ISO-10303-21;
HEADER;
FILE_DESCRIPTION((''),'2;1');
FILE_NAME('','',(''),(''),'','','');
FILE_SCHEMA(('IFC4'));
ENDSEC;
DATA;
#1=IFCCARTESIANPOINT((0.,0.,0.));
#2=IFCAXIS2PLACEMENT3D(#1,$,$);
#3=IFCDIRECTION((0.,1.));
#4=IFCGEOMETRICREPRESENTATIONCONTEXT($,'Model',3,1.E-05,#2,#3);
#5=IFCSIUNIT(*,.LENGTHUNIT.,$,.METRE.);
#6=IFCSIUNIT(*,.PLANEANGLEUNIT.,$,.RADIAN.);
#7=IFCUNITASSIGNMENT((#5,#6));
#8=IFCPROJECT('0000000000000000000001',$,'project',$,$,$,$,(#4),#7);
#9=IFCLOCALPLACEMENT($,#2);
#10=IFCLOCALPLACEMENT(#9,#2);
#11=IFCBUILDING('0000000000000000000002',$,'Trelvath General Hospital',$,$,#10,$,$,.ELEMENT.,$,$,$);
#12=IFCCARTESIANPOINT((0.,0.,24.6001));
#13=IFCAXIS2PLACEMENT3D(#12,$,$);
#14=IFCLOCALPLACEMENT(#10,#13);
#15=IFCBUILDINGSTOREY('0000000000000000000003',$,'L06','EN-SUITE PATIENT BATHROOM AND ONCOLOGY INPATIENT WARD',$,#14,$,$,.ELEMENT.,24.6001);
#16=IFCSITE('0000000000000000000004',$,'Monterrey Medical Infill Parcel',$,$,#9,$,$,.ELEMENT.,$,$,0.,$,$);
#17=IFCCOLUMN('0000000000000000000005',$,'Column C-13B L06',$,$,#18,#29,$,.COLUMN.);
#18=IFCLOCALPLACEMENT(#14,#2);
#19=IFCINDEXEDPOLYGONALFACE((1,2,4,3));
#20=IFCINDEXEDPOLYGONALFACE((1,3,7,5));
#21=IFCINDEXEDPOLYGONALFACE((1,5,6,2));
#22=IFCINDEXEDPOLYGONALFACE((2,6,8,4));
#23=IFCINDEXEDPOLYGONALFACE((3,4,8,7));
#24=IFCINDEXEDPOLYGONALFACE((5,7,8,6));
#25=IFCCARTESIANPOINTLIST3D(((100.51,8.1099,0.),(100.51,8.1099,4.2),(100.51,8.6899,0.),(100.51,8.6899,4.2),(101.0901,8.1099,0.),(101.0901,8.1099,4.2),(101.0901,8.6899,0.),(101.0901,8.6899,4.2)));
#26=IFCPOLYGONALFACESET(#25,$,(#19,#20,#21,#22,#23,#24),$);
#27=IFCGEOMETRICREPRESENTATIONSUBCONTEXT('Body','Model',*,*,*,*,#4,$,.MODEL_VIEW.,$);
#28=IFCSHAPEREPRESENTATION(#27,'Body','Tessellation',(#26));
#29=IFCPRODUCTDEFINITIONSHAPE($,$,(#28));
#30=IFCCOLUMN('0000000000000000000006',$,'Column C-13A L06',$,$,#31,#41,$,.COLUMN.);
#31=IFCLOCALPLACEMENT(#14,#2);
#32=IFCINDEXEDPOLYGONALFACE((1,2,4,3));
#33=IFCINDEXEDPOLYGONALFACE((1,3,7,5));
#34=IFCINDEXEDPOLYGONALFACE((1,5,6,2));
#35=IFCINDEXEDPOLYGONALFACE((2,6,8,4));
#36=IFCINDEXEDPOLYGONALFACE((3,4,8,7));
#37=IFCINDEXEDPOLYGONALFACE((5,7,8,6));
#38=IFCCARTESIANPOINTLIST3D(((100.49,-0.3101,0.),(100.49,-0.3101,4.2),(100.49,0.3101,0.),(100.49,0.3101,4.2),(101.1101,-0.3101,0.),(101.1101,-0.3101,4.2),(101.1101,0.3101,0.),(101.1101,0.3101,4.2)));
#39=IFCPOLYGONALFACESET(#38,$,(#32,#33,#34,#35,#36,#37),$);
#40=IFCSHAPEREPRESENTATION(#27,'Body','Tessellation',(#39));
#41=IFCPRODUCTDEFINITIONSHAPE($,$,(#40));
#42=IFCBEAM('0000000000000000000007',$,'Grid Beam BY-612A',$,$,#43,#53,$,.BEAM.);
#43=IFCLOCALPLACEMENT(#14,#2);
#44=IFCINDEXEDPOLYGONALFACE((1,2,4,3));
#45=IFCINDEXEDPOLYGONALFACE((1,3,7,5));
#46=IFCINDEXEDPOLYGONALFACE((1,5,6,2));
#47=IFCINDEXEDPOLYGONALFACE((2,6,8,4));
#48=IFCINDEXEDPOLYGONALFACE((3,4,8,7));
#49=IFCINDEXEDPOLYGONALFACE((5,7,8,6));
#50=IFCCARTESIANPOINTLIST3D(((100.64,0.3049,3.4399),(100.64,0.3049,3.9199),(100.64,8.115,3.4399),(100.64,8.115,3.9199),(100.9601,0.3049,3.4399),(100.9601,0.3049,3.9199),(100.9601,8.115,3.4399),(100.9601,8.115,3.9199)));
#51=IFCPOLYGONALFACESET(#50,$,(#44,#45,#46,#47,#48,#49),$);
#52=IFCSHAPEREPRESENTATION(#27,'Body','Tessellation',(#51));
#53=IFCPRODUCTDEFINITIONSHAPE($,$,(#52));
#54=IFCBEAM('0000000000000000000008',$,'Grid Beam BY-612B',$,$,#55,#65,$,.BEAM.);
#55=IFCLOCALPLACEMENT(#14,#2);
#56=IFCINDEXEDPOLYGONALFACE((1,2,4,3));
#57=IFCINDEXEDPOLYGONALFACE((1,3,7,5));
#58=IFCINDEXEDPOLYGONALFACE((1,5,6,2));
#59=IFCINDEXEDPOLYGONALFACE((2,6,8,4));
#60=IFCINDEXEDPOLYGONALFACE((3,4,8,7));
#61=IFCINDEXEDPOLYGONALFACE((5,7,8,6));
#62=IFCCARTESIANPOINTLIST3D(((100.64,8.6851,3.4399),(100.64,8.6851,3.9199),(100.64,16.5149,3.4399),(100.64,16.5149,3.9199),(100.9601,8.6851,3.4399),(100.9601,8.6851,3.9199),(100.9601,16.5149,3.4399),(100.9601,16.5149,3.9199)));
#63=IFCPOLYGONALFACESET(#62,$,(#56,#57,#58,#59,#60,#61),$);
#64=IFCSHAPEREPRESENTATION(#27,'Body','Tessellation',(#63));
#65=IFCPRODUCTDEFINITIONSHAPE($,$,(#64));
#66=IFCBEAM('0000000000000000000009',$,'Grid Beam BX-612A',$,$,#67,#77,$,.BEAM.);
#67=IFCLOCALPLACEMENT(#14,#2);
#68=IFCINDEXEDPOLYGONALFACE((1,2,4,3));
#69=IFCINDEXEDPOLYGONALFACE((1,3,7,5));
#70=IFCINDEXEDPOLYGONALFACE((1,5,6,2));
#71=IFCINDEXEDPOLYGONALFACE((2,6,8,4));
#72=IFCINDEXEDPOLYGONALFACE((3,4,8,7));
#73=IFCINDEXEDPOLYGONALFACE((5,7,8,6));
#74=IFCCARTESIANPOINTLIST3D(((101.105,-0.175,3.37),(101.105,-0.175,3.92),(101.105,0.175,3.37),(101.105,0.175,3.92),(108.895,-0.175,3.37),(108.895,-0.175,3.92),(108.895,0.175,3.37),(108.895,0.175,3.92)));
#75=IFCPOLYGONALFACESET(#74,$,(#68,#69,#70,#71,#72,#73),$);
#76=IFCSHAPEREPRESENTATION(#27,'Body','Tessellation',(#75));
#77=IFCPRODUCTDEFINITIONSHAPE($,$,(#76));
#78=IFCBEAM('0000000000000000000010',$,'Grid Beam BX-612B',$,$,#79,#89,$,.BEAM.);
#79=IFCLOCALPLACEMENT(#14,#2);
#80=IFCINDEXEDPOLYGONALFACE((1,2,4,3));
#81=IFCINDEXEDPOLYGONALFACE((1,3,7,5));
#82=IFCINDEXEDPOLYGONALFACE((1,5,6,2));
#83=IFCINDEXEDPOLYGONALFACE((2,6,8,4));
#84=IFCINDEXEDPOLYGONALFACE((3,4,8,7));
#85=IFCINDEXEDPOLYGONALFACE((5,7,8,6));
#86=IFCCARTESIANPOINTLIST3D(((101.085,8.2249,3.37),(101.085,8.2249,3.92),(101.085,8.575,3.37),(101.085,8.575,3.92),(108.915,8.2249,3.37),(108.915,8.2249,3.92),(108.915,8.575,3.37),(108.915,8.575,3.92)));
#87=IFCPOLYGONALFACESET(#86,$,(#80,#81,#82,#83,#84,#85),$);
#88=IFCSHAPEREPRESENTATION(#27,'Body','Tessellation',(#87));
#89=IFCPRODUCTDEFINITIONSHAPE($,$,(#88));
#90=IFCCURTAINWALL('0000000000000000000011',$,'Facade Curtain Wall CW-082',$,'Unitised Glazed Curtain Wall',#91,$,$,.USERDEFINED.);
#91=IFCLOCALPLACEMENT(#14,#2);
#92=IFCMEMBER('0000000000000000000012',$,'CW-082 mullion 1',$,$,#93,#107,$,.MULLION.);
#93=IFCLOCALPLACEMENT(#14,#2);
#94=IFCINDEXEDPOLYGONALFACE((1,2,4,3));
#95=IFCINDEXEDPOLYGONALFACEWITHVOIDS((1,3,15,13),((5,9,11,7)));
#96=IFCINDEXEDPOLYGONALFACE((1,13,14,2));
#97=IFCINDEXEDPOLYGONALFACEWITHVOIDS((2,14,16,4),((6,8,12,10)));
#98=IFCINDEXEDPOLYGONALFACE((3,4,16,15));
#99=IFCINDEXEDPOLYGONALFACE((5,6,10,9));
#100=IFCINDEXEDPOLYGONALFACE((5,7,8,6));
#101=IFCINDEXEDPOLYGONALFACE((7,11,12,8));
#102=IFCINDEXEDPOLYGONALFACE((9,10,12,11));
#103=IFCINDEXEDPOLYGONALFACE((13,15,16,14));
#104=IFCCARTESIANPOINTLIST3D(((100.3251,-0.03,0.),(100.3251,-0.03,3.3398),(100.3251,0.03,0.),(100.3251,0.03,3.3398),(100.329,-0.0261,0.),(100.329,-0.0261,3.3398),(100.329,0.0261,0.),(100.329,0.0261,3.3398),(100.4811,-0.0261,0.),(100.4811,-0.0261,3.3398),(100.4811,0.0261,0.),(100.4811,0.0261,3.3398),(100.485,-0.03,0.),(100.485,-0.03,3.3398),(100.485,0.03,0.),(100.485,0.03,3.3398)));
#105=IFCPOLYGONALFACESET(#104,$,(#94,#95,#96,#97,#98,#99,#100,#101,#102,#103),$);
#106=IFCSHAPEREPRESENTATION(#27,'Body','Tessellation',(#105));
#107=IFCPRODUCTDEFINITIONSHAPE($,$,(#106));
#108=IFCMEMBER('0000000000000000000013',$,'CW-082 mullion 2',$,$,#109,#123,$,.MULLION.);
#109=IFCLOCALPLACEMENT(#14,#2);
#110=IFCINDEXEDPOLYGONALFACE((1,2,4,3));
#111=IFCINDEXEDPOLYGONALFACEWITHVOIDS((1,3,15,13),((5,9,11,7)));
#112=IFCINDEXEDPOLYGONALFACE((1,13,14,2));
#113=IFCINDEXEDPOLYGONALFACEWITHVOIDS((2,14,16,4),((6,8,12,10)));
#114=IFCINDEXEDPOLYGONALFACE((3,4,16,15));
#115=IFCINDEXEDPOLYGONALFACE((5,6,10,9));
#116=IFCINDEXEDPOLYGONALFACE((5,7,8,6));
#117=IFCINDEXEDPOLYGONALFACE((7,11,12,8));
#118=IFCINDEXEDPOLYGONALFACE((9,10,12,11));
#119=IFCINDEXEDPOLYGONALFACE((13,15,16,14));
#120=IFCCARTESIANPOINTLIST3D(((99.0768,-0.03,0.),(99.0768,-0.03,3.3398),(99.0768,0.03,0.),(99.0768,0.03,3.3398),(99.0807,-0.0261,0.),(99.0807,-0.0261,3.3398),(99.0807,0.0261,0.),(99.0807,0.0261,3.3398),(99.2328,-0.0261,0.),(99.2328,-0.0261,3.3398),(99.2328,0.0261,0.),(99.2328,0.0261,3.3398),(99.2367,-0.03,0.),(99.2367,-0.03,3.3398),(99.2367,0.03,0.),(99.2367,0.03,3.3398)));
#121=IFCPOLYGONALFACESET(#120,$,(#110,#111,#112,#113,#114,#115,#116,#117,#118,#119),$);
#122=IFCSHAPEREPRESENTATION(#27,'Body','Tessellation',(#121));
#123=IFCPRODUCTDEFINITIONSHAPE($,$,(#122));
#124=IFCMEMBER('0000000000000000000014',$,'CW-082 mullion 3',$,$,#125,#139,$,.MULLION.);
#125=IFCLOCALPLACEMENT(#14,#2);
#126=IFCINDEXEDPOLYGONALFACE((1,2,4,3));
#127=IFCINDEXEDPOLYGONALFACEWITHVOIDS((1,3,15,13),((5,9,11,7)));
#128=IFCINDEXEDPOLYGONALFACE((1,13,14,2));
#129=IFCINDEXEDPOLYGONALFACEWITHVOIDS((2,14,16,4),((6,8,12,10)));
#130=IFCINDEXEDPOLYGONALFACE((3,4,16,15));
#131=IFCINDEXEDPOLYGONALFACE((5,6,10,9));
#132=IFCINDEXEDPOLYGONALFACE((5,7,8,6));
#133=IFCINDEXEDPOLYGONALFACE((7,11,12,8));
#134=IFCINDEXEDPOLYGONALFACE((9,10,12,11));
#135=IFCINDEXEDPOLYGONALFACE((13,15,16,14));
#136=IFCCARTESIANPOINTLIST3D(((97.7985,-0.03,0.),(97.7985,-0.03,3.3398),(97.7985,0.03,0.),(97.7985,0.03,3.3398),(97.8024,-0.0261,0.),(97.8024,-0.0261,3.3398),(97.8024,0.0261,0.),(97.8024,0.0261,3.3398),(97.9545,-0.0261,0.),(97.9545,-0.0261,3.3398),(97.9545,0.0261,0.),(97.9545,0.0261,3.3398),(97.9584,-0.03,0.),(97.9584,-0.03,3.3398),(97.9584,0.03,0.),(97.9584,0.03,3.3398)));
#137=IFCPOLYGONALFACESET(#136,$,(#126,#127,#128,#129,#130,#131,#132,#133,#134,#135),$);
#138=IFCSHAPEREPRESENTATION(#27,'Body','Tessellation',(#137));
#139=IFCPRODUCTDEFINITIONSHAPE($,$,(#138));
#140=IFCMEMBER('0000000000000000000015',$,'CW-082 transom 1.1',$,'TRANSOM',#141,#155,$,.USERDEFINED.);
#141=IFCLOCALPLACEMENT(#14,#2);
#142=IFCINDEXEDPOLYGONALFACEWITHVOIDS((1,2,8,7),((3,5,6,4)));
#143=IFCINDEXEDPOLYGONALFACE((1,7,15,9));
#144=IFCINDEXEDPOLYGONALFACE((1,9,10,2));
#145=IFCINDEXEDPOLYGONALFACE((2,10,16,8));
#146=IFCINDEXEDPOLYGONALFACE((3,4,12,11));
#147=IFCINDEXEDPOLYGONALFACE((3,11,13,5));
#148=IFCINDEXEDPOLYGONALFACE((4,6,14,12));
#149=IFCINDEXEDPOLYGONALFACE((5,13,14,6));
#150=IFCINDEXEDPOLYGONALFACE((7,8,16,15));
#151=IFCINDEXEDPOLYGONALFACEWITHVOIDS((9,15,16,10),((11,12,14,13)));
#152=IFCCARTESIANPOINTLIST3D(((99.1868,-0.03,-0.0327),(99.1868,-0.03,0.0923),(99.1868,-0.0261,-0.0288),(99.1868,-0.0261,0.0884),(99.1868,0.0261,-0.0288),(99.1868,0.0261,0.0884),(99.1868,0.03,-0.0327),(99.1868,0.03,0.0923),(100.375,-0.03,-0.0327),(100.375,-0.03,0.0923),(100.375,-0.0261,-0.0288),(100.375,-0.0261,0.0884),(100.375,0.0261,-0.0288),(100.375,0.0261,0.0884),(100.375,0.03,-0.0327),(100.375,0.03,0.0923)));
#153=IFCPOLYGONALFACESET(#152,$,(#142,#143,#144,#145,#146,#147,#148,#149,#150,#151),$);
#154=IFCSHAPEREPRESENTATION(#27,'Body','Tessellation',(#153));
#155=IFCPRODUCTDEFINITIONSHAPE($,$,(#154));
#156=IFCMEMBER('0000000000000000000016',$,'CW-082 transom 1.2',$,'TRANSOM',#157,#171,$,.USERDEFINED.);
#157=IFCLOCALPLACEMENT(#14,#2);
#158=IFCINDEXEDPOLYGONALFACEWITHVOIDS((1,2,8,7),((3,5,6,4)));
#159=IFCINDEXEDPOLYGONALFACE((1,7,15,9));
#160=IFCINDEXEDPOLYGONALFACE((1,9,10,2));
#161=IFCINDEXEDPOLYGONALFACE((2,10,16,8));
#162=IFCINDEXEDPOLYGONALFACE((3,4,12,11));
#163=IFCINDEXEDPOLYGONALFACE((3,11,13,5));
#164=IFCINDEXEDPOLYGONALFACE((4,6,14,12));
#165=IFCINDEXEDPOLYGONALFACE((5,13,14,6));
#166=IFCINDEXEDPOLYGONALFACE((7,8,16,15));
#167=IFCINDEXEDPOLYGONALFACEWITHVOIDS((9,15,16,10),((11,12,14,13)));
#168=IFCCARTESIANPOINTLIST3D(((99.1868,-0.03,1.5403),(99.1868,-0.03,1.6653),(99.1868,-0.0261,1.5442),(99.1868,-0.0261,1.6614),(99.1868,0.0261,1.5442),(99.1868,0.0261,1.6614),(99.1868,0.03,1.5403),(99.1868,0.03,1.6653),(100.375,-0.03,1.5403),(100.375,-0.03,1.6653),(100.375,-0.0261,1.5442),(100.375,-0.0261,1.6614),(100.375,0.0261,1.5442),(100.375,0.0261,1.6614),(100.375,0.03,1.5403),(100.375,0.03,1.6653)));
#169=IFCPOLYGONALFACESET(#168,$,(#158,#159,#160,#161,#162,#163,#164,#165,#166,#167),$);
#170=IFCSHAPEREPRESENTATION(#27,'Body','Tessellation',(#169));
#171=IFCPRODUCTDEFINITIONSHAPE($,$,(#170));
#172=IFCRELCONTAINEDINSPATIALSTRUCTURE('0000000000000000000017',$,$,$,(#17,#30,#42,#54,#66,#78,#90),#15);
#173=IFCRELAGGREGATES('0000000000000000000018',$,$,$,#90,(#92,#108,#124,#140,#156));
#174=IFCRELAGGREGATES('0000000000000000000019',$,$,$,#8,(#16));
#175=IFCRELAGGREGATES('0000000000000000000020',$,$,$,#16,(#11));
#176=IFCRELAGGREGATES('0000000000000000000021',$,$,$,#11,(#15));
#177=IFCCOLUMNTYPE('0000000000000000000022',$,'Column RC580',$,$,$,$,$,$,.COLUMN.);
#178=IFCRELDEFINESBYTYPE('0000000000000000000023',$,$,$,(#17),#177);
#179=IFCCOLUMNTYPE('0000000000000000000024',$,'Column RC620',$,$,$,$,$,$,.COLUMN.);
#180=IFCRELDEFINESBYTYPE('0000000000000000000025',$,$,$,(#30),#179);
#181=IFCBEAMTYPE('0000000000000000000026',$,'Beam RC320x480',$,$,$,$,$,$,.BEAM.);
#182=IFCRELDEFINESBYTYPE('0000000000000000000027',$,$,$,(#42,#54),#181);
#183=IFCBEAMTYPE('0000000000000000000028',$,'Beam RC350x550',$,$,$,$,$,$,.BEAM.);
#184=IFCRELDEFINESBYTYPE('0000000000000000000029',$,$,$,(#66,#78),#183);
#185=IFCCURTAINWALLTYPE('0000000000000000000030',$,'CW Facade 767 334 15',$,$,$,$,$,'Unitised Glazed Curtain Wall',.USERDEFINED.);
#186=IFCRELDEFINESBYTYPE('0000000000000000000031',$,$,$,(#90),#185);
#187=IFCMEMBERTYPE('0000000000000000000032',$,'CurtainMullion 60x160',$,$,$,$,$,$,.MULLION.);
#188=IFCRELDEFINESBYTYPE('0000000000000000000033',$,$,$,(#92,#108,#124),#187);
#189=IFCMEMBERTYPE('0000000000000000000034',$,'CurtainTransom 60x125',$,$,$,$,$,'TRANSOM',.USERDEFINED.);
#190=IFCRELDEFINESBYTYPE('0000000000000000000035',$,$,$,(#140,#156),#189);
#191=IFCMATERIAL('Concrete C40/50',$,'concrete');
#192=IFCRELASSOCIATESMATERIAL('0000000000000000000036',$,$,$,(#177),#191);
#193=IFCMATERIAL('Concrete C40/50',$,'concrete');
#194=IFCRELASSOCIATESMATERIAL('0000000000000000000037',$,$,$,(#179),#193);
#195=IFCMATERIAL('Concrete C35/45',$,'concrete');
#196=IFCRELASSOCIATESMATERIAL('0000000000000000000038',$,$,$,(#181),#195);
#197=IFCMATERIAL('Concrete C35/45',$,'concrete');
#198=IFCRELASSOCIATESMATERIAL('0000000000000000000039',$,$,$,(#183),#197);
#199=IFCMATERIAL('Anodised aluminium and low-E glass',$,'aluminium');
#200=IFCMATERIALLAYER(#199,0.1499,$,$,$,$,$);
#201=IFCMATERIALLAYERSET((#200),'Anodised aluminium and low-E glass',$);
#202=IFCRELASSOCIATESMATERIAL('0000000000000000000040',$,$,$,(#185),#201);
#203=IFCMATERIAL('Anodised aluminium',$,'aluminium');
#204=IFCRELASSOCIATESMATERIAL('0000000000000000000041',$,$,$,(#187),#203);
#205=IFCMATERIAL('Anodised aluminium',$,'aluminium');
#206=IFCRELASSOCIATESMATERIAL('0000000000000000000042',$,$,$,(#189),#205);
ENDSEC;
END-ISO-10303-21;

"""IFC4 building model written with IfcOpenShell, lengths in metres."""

from ifc_helpers import new_model, si_unit, direction, frame, origin, origin_2d, place, context, subcontext, project, spatial, rectangle, hollow_rectangle, extrude, material, layer, layer_set, material_profile, profile_set, type_object, element, aggregate, save


model = new_model("IFC4")

# Units and contexts
model_context = context("Model", 3, precision=1e-05, world=origin(), true_north=direction((0.0, 1.0)))
body_context = subcontext(model_context, "Body", "Model", "MODEL_VIEW")
ifc_project = project(units=[si_unit("LENGTHUNIT", "METRE"), si_unit("PLANEANGLEUNIT", "RADIAN")], contexts=[model_context])

# Site, building, storey
site_placement = place(None, origin())
site = spatial("IfcSite", under=ifc_project, at=site_placement, Name="Monterrey Medical Infill Parcel", CompositionType="ELEMENT", RefElevation=0.0)
building_placement = place(site_placement, origin())
building = spatial("IfcBuilding", under=site, at=building_placement, Name="Trelvath General Hospital", CompositionType="ELEMENT")
storey_placement = place(building_placement, frame((0.0, 0.0, 24.6001)))
storey = spatial("IfcBuildingStorey", under=building, at=storey_placement, Name="L06", Description="EN-SUITE PATIENT BATHROOM AND ONCOLOGY INPATIENT WARD", CompositionType="ELEMENT", Elevation=24.6001)

# Columns
ifc_material_1 = material(Name="Concrete C40/50", Category="concrete")
ifc_material_profile_1 = material_profile(ifc_material_1, rectangle(XDim=0.5801, YDim=0.5801, at=origin_2d()), Name="RC580x580")
ifc_profile_set_1 = profile_set([ifc_material_profile_1], Name="Concrete C40/50")
column_type_1 = type_object("IfcColumnType", Name="Column RC580", PredefinedType="COLUMN", material=ifc_profile_set_1)
column_1_placement = place(storey_placement, frame((100.8, 8.3999, 0.0), z_axis=(0.0, 0.0, 1.0), x_axis=(1.0, 0.0, 0.0)))
element("IfcColumn", 1, at=column_1_placement, inside=storey, type_object=column_type_1, Name="Column C-13B L06", PredefinedType="COLUMN", context=body_context, shape_type="SweptSolid", body=[
    extrude(rectangle(XDim=0.5801, YDim=0.5801, at=origin_2d()), origin(), (0.0, 0.0, 1.0), 4.2),
])
ifc_material_2 = material(Name="Concrete C40/50", Category="concrete")
ifc_material_profile_2 = material_profile(ifc_material_2, rectangle(XDim=0.6201, YDim=0.6201, at=origin_2d()), Name="RC620x620")
ifc_profile_set_2 = profile_set([ifc_material_profile_2], Name="Concrete C40/50")
column_type_2 = type_object("IfcColumnType", Name="Column RC620", PredefinedType="COLUMN", material=ifc_profile_set_2)
column_2_placement = place(storey_placement, frame((100.8, 0.0, 0.0), z_axis=(0.0, 0.0, 1.0), x_axis=(1.0, 0.0, 0.0)))
element("IfcColumn", 2, at=column_2_placement, inside=storey, type_object=column_type_2, Name="Column C-13A L06", PredefinedType="COLUMN", context=body_context, shape_type="SweptSolid", body=[
    extrude(rectangle(XDim=0.6201, YDim=0.6201, at=origin_2d()), origin(), (0.0, 0.0, 1.0), 4.2),
])

# Beams
ifc_material_3 = material(Name="Concrete C35/45", Category="concrete")
ifc_material_profile_3 = material_profile(ifc_material_3, rectangle(XDim=0.3201, YDim=0.48, at=origin_2d()), Name="RCB320x480")
ifc_profile_set_3 = profile_set([ifc_material_profile_3], Name="Concrete C35/45")
beam_type_1 = type_object("IfcBeamType", Name="Beam RC320x480", PredefinedType="BEAM", material=ifc_profile_set_3)
beam_1_placement = place(storey_placement, frame((100.8, 0.3049, 3.6799), z_axis=(0.0, 1.0, 0.0), x_axis=(-1.0, 0.0, 0.0)))
element("IfcBeam", 3, at=beam_1_placement, inside=storey, type_object=beam_type_1, Name="Grid Beam BY-612A", PredefinedType="BEAM", context=body_context, shape_type="SweptSolid", body=[
    extrude(rectangle(XDim=0.3201, YDim=0.48, at=origin_2d()), origin(), (0.0, 0.0, 1.0), 7.8101),
])
beam_2_placement = place(storey_placement, frame((100.8, 8.6851, 3.6799), z_axis=(0.0, 1.0, 0.0), x_axis=(-1.0, 0.0, 0.0)))
element("IfcBeam", 4, at=beam_2_placement, inside=storey, type_object=beam_type_1, Name="Grid Beam BY-612B", PredefinedType="BEAM", context=body_context, shape_type="SweptSolid", body=[
    extrude(rectangle(XDim=0.3201, YDim=0.48, at=origin_2d()), origin(), (0.0, 0.0, 1.0), 7.8298),
])
ifc_material_4 = material(Name="Concrete C35/45", Category="concrete")
ifc_material_profile_4 = material_profile(ifc_material_4, rectangle(XDim=0.3501, YDim=0.55, at=origin_2d()), Name="RCB350x550")
ifc_profile_set_4 = profile_set([ifc_material_profile_4], Name="Concrete C35/45")
beam_type_2 = type_object("IfcBeamType", Name="Beam RC350x550", PredefinedType="BEAM", material=ifc_profile_set_4)
beam_3_placement = place(storey_placement, frame((101.105, 0.0, 3.645), z_axis=(1.0, 0.0, 0.0), x_axis=(0.0, 1.0, 0.0)))
element("IfcBeam", 5, at=beam_3_placement, inside=storey, type_object=beam_type_2, Name="Grid Beam BX-612A", PredefinedType="BEAM", context=body_context, shape_type="SweptSolid", body=[
    extrude(rectangle(XDim=0.3501, YDim=0.55, at=origin_2d()), origin(), (0.0, 0.0, 1.0), 7.79),
])
beam_4_placement = place(storey_placement, frame((101.085, 8.3999, 3.645), z_axis=(1.0, 0.0, 0.0), x_axis=(0.0, 1.0, 0.0)))
element("IfcBeam", 6, at=beam_4_placement, inside=storey, type_object=beam_type_2, Name="Grid Beam BX-612B", PredefinedType="BEAM", context=body_context, shape_type="SweptSolid", body=[
    extrude(rectangle(XDim=0.3501, YDim=0.55, at=origin_2d()), origin(), (0.0, 0.0, 1.0), 7.8301),
])

# Curtain wall, members
ifc_material_5 = material(Name="Anodised aluminium and low-E glass", Category="aluminium")
ifc_layer_1 = layer(ifc_material_5, 0.1499)
ifc_layer_set_1 = layer_set([ifc_layer_1], Name="Anodised aluminium and low-E glass")
curtain_wall_type = type_object("IfcCurtainWallType", Name="CW Facade 767 334 15", ElementType="Unitised Glazed Curtain Wall", PredefinedType="USERDEFINED", material=ifc_layer_set_1)
curtain_wall_placement = place(storey_placement, origin())
curtain_wall = element("IfcCurtainWall", 7, at=curtain_wall_placement, inside=storey, type_object=curtain_wall_type, Name="Facade Curtain Wall CW-082", ObjectType="Unitised Glazed Curtain Wall", PredefinedType="USERDEFINED")
ifc_material_6 = material(Name="Anodised aluminium", Category="aluminium")
ifc_material_profile_5 = material_profile(ifc_material_6, hollow_rectangle(XDim=0.0601, YDim=0.1599, WallThickness=0.0039, at=origin_2d()), Name="RHS60x160x4")
ifc_profile_set_5 = profile_set([ifc_material_profile_5], Name="Anodised aluminium")
member_type_1 = type_object("IfcMemberType", Name="CurtainMullion 60x160", PredefinedType="MULLION", material=ifc_profile_set_5)
member_1_placement = place(storey_placement, frame((100.405, 0.0, 0.0), z_axis=(0.0, 0.0, 1.0), x_axis=(0.0, -1.0, 0.0)))
member_1 = element("IfcMember", 8, at=member_1_placement, type_object=member_type_1, Name="CW-082 mullion 1", PredefinedType="MULLION", context=body_context, shape_type="SweptSolid", body=[
    extrude(hollow_rectangle(XDim=0.0601, YDim=0.1599, WallThickness=0.0039, at=origin_2d()), origin(), (0.0, 0.0, 1.0), 3.3398),
])
member_2_placement = place(storey_placement, frame((99.1567, 0.0, 0.0), z_axis=(0.0, 0.0, 1.0), x_axis=(0.0, -1.0, 0.0)))
member_2 = element("IfcMember", 9, at=member_2_placement, type_object=member_type_1, Name="CW-082 mullion 2", PredefinedType="MULLION", context=body_context, shape_type="SweptSolid", body=[
    extrude(hollow_rectangle(XDim=0.0601, YDim=0.1599, WallThickness=0.0039, at=origin_2d()), origin(), (0.0, 0.0, 1.0), 3.3398),
])
member_3_placement = place(storey_placement, frame((97.8784, 0.0, 0.0), z_axis=(0.0, 0.0, 1.0), x_axis=(0.0, -1.0, 0.0)))
member_3 = element("IfcMember", 10, at=member_3_placement, type_object=member_type_1, Name="CW-082 mullion 3", PredefinedType="MULLION", context=body_context, shape_type="SweptSolid", body=[
    extrude(hollow_rectangle(XDim=0.0601, YDim=0.1599, WallThickness=0.0039, at=origin_2d()), origin(), (0.0, 0.0, 1.0), 3.3398),
])
ifc_material_7 = material(Name="Anodised aluminium", Category="aluminium")
ifc_material_profile_6 = material_profile(ifc_material_7, hollow_rectangle(XDim=0.0601, YDim=0.125, WallThickness=0.0039, at=origin_2d()), Name="RHS60x125x4")
ifc_profile_set_6 = profile_set([ifc_material_profile_6], Name="Anodised aluminium")
member_type_2 = type_object("IfcMemberType", Name="CurtainTransom 60x125", ElementType="TRANSOM", PredefinedType="USERDEFINED", material=ifc_profile_set_6)
member_4_placement = place(storey_placement, frame((100.375, 0.0, 0.0298), z_axis=(-1.0, 0.0, 0.0), x_axis=(0.0, -1.0, 0.0)))
member_4 = element("IfcMember", 11, at=member_4_placement, type_object=member_type_2, Name="CW-082 transom 1.1", ObjectType="TRANSOM", PredefinedType="USERDEFINED", context=body_context, shape_type="SweptSolid", body=[
    extrude(hollow_rectangle(XDim=0.0601, YDim=0.125, WallThickness=0.0039, at=origin_2d()), origin(), (0.0, 0.0, 1.0), 1.1882),
])
member_5_placement = place(storey_placement, frame((100.375, 0.0, 1.6028), z_axis=(-1.0, 0.0, 0.0), x_axis=(0.0, -1.0, 0.0)))
member_5 = element("IfcMember", 12, at=member_5_placement, type_object=member_type_2, Name="CW-082 transom 1.2", ObjectType="TRANSOM", PredefinedType="USERDEFINED", context=body_context, shape_type="SweptSolid", body=[
    extrude(hollow_rectangle(XDim=0.0601, YDim=0.125, WallThickness=0.0039, at=origin_2d()), origin(), (0.0, 0.0, 1.0), 1.1882),
])
aggregate(curtain_wall, [member_1, member_2, member_3, member_4, member_5])

save(model, "model.ifc")
